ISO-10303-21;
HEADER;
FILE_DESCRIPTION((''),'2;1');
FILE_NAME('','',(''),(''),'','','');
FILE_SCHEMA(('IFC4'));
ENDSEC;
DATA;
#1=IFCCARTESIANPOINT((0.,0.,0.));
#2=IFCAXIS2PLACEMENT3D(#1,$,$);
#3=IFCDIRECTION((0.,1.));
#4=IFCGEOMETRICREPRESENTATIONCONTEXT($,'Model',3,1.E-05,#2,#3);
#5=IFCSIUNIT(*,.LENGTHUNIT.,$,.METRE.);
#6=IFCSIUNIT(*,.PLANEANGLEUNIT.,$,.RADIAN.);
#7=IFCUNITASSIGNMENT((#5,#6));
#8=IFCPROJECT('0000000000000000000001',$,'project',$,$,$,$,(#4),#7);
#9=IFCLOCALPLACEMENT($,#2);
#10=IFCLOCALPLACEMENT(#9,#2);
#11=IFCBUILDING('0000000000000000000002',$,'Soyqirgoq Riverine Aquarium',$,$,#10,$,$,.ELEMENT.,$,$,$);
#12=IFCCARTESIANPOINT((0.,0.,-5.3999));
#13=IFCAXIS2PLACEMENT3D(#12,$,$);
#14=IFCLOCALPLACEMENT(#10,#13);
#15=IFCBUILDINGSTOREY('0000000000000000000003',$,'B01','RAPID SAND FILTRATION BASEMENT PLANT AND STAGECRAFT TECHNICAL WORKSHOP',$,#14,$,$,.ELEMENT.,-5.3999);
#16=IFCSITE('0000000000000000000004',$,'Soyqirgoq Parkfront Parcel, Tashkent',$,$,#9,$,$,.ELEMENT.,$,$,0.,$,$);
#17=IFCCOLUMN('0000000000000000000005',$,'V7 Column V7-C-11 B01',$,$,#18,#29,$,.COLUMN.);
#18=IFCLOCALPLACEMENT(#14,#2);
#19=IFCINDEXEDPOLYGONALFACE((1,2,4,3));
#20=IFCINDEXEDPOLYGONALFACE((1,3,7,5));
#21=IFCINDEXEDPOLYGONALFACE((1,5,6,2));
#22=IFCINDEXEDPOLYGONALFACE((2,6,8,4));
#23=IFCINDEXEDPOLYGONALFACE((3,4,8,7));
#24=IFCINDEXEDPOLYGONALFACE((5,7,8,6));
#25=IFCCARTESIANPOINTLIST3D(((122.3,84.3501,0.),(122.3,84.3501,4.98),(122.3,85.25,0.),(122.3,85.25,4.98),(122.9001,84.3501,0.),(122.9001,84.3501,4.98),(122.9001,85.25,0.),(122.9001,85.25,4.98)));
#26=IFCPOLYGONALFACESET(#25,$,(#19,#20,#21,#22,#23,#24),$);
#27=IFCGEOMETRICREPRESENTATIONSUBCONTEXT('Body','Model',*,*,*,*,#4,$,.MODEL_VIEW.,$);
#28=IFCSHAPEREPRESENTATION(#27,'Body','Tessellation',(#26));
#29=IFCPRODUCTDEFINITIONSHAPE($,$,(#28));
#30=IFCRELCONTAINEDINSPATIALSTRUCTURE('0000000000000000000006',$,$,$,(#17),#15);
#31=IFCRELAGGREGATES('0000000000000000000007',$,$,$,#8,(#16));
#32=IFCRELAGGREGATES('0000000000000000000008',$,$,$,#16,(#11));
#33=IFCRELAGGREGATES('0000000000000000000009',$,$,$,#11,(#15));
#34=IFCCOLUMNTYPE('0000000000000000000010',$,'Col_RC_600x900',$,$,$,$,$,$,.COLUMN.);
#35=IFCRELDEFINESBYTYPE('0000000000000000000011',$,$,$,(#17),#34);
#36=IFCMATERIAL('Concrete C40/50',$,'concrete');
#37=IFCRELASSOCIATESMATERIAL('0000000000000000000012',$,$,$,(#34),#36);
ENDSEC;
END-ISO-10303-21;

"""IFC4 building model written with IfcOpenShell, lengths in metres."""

from ifc_helpers import new_model, si_unit, direction, frame, origin, origin_2d, place, context, subcontext, project, spatial, rectangle, extrude, material, material_profile, profile_set, type_object, element, save


model = new_model("IFC4")

# Units and contexts
model_context = context("Model", 3, precision=1e-05, world=origin(), true_north=direction((0.0, 1.0)))
body_context = subcontext(model_context, "Body", "Model", "MODEL_VIEW")
ifc_project = project(units=[si_unit("LENGTHUNIT", "METRE"), si_unit("PLANEANGLEUNIT", "RADIAN")], contexts=[model_context])

# Site, building, storey
site_placement = place(None, origin())
site = spatial("IfcSite", under=ifc_project, at=site_placement, Name="Soyqirgoq Parkfront Parcel, Tashkent", CompositionType="ELEMENT", RefElevation=0.0)
building_placement = place(site_placement, origin())
building = spatial("IfcBuilding", under=site, at=building_placement, Name="Soyqirgoq Riverine Aquarium", CompositionType="ELEMENT")
storey_placement = place(building_placement, frame((0.0, 0.0, -5.3999)))
storey = spatial("IfcBuildingStorey", under=building, at=storey_placement, Name="B01", Description="RAPID SAND FILTRATION BASEMENT PLANT AND STAGECRAFT TECHNICAL WORKSHOP", CompositionType="ELEMENT", Elevation=-5.3999)

# Column
ifc_material_1 = material(Name="Concrete C40/50", Category="concrete")
ifc_material_profile_1 = material_profile(ifc_material_1, rectangle(XDim=0.6001, YDim=0.8999, at=origin_2d()), Name="RC-COL 600x900")
ifc_profile_set_1 = profile_set([ifc_material_profile_1], Name="Concrete C40/50")
column_type_1 = type_object("IfcColumnType", Name="Col_RC_600x900", PredefinedType="COLUMN", material=ifc_profile_set_1)
column_1_placement = place(storey_placement, frame((122.6001, 84.8, 0.0), z_axis=(0.0, 0.0, 1.0), x_axis=(1.0, 0.0, 0.0)))
element("IfcColumn", 1, at=column_1_placement, inside=storey, type_object=column_type_1, Name="V7 Column V7-C-11 B01", PredefinedType="COLUMN", context=body_context, shape_type="SweptSolid", body=[
    extrude(rectangle(XDim=0.6001, YDim=0.8999, at=origin_2d()), origin(), (0.0, 0.0, 1.0), 4.98),
])

save(model, "model.ifc")
